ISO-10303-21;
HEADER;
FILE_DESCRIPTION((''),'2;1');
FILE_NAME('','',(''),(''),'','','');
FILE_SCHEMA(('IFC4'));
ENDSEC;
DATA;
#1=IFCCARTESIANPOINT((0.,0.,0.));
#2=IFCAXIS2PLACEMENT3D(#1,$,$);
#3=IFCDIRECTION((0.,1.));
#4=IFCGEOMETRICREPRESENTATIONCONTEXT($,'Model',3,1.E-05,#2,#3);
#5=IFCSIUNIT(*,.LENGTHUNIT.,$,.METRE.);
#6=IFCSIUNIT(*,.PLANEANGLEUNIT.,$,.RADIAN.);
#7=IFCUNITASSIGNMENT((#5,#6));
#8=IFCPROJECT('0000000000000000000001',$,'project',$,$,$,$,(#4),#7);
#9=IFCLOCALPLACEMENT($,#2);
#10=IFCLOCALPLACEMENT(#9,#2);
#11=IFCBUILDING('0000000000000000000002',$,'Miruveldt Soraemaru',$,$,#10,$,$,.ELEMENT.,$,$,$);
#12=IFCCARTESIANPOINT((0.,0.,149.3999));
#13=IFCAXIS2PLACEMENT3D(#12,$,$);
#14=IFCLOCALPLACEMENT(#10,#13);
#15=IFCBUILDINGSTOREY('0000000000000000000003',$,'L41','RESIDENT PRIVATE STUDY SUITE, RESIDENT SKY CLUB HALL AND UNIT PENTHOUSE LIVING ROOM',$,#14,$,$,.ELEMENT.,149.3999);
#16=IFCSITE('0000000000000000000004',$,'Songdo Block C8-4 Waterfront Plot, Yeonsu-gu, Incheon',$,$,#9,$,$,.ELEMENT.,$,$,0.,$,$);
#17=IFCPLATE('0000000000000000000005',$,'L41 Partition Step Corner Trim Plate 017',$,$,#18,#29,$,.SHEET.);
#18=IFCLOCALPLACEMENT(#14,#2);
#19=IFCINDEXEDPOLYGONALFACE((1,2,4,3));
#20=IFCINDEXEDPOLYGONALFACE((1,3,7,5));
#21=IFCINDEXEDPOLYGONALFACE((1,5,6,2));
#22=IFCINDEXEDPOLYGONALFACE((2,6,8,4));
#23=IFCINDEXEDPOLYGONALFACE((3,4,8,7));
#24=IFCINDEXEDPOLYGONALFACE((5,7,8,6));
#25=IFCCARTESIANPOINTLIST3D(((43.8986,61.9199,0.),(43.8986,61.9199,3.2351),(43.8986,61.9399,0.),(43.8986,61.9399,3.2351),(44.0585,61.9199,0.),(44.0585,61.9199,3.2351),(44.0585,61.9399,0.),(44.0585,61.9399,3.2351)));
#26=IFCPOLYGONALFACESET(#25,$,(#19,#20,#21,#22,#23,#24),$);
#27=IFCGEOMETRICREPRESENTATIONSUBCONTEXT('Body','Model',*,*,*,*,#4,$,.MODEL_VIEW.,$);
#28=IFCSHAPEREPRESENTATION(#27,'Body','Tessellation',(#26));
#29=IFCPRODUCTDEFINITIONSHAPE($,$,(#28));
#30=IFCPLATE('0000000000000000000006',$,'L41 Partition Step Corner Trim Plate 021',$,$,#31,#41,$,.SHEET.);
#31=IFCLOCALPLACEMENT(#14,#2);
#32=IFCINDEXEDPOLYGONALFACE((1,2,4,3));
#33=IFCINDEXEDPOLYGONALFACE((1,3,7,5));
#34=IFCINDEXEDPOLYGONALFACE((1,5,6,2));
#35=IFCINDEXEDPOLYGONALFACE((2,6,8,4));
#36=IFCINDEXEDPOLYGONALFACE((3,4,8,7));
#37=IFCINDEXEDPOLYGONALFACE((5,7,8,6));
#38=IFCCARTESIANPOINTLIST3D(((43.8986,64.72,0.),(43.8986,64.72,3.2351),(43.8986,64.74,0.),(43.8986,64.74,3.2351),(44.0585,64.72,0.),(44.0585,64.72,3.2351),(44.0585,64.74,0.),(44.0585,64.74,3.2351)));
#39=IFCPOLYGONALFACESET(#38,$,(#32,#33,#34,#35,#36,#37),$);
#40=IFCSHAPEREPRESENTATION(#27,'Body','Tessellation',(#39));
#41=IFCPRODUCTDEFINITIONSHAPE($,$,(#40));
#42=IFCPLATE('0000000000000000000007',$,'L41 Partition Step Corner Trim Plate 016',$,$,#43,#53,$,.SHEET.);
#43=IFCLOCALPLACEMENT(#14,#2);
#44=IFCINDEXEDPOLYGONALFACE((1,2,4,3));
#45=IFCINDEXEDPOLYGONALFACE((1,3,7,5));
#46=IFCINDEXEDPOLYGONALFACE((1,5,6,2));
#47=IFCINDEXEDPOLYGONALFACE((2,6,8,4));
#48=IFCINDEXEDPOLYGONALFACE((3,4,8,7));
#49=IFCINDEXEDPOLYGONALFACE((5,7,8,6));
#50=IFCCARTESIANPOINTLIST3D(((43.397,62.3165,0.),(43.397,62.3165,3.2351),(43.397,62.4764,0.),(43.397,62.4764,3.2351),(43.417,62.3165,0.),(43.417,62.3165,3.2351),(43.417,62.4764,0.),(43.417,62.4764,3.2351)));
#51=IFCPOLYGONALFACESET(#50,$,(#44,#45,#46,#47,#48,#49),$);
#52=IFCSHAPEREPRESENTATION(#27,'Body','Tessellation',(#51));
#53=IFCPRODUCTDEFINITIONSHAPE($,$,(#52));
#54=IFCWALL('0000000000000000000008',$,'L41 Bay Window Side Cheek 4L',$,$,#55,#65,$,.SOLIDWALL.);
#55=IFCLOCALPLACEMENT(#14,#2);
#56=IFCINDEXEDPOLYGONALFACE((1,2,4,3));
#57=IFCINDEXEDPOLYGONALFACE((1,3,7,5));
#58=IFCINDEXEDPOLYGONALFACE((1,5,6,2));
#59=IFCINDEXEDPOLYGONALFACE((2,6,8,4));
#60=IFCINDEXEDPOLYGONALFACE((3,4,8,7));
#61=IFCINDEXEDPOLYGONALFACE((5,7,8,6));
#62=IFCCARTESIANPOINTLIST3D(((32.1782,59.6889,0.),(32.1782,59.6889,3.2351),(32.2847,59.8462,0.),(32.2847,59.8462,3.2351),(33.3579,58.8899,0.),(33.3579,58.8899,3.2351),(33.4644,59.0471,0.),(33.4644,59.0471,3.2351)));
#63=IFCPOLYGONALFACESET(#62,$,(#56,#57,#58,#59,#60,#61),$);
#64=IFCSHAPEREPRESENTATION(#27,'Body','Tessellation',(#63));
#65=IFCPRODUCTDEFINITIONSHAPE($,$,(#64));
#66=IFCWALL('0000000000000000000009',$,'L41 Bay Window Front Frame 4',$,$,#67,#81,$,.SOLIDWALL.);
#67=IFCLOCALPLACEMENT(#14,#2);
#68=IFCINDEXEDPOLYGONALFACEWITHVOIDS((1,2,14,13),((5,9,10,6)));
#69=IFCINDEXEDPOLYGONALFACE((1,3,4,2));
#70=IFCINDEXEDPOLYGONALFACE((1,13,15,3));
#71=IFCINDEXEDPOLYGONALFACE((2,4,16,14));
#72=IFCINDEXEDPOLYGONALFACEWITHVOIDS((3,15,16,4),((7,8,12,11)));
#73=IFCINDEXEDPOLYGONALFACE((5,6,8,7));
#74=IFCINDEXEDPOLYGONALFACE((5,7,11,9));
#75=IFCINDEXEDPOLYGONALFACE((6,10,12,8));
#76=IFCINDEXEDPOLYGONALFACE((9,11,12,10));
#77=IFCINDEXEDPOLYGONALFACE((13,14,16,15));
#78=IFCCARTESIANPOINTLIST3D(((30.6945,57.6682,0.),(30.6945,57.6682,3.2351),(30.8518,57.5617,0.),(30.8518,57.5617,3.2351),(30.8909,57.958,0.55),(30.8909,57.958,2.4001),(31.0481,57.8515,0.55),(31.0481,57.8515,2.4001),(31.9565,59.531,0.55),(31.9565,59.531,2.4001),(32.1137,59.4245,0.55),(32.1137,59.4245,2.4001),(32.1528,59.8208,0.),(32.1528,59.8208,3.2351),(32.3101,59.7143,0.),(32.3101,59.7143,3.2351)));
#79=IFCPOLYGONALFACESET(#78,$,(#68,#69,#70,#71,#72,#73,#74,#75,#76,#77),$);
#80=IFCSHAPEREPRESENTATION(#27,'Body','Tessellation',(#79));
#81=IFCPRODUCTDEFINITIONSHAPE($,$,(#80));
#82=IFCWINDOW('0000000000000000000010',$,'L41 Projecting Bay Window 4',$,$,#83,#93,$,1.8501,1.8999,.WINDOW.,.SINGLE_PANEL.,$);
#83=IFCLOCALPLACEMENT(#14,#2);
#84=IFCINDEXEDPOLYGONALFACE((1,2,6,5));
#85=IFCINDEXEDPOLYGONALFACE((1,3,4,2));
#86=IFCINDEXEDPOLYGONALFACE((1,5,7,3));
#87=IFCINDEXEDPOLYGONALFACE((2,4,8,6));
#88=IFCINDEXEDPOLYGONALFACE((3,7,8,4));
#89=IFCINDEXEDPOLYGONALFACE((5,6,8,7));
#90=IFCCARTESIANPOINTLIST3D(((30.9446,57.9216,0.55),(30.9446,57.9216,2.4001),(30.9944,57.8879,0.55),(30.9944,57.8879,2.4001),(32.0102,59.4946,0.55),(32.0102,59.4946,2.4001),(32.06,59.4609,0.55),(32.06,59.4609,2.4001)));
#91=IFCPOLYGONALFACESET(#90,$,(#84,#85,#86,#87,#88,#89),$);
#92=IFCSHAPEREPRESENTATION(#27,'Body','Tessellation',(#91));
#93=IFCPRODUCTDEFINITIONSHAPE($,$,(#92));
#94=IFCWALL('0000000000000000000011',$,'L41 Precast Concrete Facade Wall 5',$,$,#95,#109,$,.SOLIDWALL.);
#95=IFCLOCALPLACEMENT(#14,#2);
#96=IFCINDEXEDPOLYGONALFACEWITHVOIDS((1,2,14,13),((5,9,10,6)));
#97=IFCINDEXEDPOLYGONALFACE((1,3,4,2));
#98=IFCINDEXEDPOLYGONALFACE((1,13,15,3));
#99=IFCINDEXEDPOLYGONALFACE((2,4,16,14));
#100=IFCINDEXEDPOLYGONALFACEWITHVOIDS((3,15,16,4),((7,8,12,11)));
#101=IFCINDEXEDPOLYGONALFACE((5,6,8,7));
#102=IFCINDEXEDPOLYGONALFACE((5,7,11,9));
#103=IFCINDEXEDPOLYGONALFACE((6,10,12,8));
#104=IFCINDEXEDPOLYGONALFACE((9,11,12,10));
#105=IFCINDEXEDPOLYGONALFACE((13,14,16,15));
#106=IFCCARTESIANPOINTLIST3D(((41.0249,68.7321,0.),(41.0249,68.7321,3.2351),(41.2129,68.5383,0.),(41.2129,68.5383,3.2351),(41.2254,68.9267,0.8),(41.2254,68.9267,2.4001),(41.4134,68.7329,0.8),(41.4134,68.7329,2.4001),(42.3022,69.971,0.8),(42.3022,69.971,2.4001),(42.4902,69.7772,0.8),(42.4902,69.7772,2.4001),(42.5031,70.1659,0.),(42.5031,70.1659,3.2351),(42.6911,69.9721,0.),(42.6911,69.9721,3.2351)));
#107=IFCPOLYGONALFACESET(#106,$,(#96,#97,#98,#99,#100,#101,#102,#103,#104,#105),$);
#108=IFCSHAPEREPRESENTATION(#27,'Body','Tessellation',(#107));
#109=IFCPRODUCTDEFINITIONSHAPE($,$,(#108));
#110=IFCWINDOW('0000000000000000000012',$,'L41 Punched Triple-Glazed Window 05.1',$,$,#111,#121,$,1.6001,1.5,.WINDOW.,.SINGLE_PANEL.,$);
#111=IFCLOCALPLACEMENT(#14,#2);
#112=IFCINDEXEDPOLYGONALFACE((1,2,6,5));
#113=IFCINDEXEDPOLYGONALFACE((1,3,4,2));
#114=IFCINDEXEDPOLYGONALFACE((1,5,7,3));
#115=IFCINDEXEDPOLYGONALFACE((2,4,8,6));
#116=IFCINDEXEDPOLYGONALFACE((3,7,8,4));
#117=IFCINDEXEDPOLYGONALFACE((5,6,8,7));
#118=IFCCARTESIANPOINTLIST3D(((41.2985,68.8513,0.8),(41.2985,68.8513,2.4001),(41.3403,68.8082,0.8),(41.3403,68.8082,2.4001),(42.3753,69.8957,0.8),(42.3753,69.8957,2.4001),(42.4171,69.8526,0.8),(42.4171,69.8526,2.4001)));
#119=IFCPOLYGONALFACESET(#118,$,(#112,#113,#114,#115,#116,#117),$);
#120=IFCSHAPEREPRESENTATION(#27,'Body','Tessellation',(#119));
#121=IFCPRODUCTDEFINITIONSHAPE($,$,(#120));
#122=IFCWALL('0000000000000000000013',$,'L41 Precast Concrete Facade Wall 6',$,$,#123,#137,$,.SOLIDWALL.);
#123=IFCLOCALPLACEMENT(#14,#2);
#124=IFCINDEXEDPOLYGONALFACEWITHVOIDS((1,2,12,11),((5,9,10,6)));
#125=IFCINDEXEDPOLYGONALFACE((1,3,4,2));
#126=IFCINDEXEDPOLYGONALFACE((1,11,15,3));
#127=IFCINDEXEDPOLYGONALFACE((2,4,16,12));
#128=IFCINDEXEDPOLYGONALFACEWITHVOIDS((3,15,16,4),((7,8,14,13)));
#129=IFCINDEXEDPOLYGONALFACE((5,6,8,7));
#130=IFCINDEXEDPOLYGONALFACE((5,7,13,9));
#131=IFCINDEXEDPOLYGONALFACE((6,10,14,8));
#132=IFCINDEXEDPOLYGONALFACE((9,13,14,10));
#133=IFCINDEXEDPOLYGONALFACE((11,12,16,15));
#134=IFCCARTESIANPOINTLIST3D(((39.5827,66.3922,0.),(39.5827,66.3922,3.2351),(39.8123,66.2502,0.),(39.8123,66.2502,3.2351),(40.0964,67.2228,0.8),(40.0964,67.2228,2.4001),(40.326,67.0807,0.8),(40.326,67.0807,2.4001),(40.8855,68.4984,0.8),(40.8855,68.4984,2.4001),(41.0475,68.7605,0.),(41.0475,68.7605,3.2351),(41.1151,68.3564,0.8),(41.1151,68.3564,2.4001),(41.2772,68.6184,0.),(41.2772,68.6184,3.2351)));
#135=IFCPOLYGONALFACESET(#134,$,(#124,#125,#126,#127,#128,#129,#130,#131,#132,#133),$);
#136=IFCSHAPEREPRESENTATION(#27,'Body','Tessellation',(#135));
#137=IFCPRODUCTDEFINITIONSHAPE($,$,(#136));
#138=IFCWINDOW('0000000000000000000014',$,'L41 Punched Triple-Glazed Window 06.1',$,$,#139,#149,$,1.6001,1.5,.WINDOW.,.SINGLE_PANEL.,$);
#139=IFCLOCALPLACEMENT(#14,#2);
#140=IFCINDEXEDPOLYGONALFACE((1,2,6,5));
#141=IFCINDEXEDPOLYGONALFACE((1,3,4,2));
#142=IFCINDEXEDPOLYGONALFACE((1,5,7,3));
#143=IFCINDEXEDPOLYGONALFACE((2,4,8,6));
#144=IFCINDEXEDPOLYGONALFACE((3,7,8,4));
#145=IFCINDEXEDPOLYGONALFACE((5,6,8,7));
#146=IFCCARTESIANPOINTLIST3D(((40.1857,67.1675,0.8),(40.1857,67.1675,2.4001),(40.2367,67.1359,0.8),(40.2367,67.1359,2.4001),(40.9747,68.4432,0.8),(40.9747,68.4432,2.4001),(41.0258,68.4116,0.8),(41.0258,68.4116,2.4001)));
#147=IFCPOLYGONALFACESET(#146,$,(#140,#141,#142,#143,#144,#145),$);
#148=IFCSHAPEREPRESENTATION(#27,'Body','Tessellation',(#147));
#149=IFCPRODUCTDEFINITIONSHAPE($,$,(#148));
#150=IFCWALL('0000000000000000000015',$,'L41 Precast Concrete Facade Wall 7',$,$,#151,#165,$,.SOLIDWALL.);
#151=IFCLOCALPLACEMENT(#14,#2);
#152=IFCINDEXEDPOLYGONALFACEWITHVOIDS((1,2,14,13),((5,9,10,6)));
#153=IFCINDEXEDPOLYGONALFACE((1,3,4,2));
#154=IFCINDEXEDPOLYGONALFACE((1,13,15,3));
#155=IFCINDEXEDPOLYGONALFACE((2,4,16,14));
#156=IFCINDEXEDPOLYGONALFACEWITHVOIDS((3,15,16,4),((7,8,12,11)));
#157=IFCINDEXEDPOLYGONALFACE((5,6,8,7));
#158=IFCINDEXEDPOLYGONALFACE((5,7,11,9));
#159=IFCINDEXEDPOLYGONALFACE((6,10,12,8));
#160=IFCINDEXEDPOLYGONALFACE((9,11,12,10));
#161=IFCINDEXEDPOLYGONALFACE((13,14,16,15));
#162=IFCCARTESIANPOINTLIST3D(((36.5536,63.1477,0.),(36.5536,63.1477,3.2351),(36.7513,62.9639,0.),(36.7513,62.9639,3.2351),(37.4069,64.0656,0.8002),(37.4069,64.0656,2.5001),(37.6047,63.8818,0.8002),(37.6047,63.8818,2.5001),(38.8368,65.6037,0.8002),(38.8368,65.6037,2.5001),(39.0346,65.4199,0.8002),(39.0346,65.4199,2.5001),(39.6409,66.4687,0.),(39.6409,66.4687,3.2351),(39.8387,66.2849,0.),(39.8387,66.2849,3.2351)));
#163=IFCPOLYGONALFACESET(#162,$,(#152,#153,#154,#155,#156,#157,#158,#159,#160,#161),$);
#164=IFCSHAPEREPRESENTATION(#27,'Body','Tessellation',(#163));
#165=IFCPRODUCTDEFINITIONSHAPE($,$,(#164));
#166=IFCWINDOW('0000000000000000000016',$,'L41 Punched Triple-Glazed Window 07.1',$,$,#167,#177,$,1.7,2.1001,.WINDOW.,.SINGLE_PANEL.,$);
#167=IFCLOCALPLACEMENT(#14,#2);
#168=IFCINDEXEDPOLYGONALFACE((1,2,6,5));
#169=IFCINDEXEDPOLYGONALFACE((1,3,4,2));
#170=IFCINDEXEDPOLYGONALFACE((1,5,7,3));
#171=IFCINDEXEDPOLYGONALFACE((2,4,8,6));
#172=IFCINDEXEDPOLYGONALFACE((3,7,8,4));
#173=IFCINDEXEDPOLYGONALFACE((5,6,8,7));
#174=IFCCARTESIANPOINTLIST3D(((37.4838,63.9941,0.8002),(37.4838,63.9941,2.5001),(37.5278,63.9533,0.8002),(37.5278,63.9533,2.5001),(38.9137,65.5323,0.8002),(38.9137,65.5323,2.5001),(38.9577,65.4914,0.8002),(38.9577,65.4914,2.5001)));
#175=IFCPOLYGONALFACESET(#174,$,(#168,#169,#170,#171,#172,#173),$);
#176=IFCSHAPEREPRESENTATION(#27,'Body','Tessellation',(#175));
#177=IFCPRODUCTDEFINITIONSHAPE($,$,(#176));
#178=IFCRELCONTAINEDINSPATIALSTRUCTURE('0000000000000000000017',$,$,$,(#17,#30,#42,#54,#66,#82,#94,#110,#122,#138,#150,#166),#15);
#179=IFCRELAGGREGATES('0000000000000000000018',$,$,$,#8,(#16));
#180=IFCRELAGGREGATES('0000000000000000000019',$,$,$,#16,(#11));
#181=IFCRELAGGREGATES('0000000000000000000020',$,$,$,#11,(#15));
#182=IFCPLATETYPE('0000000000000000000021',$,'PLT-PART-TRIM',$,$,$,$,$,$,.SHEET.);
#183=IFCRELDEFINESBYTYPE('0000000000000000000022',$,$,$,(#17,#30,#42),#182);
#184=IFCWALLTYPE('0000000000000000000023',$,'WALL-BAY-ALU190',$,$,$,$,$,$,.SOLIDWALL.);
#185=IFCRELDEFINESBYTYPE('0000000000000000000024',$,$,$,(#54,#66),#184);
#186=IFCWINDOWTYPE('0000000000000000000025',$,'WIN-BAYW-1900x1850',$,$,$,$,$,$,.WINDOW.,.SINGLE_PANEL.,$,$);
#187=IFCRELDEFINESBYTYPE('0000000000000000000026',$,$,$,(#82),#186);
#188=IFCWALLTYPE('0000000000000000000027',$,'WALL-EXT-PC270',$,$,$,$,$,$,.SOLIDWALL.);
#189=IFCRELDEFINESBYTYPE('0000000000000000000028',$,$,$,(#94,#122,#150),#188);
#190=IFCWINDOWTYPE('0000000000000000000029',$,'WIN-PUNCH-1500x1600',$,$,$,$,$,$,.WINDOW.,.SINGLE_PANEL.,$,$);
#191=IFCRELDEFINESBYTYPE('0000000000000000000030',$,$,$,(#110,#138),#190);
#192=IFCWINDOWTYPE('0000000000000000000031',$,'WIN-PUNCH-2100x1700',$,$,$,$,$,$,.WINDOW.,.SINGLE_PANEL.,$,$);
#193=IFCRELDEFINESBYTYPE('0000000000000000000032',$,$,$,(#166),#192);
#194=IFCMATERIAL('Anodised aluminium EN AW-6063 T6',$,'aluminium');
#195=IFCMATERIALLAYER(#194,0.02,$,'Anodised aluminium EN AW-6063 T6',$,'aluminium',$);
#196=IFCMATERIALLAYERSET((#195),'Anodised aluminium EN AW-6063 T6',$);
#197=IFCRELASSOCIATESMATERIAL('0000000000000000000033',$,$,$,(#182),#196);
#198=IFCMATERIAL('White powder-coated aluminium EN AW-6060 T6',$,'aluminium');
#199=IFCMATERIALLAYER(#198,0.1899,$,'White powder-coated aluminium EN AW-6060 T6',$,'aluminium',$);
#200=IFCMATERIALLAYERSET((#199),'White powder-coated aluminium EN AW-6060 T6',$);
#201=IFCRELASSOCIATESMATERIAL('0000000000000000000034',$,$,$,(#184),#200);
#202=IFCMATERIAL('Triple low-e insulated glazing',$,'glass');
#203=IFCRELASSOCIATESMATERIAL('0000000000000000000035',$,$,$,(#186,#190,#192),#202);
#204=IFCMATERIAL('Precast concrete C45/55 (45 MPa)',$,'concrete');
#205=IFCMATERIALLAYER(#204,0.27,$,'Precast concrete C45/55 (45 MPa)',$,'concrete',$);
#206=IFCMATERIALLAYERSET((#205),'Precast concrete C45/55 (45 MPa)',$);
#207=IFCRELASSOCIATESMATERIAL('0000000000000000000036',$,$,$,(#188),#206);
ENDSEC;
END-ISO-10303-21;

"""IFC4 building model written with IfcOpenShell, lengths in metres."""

from ifc_helpers import new_model, si_unit, direction, frame, frame_2d, origin, origin_2d, place, context, subcontext, project, spatial, rectangle, extrude, material, layer, layer_set, type_object, element, fill, save


model = new_model("IFC4")

# Units and contexts
model_context = context("Model", 3, precision=1e-05, world=origin(), true_north=direction((0.0, 1.0)))
body_context = subcontext(model_context, "Body", "Model", "MODEL_VIEW")
ifc_project = project(units=[si_unit("LENGTHUNIT", "METRE"), si_unit("PLANEANGLEUNIT", "RADIAN")], contexts=[model_context])

# Site, building, storey
site_placement = place(None, origin())
site = spatial("IfcSite", under=ifc_project, at=site_placement, Name="Songdo Block C8-4 Waterfront Plot, Yeonsu-gu, Incheon", CompositionType="ELEMENT", RefElevation=0.0)
building_placement = place(site_placement, origin())
building = spatial("IfcBuilding", under=site, at=building_placement, Name="Miruveldt Soraemaru", CompositionType="ELEMENT")
storey_placement = place(building_placement, frame((0.0, 0.0, 149.3999)))
storey = spatial("IfcBuildingStorey", under=building, at=storey_placement, Name="L41", Description="RESIDENT PRIVATE STUDY SUITE, RESIDENT SKY CLUB HALL AND UNIT PENTHOUSE LIVING ROOM", CompositionType="ELEMENT", Elevation=149.3999)

# Plates
ifc_material_1 = material(Name="Anodised aluminium EN AW-6063 T6", Category="aluminium")
ifc_layer_1 = layer(ifc_material_1, 0.02, Name="Anodised aluminium EN AW-6063 T6", Category="aluminium")
ifc_layer_set_1 = layer_set([ifc_layer_1], Name="Anodised aluminium EN AW-6063 T6")
plate_type = type_object("IfcPlateType", Name="PLT-PART-TRIM", PredefinedType="SHEET", material=ifc_layer_set_1)
for number, where, z_axis, x_axis, name in (
    (1, (43.9785, 61.9299, 0.0), (0.0, 0.0, 1.0), (1.0, 0.0, 0.0), "L41 Partition Step Corner Trim Plate 017"),
    (2, (43.9785, 64.73, 0.0), (0.0, 0.0, 1.0), (-1.0, 0.0, 0.0), "L41 Partition Step Corner Trim Plate 021"),
    (3, (43.407, 62.3965, 0.0), (0.0, 0.0, 1.0), (0.0, -1.0, 0.0), "L41 Partition Step Corner Trim Plate 016"),
):
    element("IfcPlate", number, at=place(storey_placement, frame(where, z_axis=z_axis, x_axis=x_axis)), inside=storey, type_object=plate_type, Name=name, PredefinedType="SHEET", context=body_context, shape_type="SweptSolid", body=[
        extrude(rectangle(XDim=0.1599, YDim=0.02, at=origin_2d()), origin(), (0.0, 0.0, 1.0), 3.2351),
    ])

# Wall
ifc_material_2 = material(Name="White powder-coated aluminium EN AW-6060 T6", Category="aluminium")
ifc_layer_2 = layer(ifc_material_2, 0.1899, Name="White powder-coated aluminium EN AW-6060 T6", Category="aluminium")
ifc_layer_set_2 = layer_set([ifc_layer_2], Name="White powder-coated aluminium EN AW-6060 T6")
wall_type_1 = type_object("IfcWallType", Name="WALL-BAY-ALU190", PredefinedType="SOLIDWALL", material=ifc_layer_set_2)
wall_1_placement = place(storey_placement, frame((33.4111, 58.9685, 0.0), z_axis=(0.0, 0.0, 1.0), x_axis=(-0.827942, 0.560814, 0.0)))
element("IfcWall", 4, at=wall_1_placement, inside=storey, type_object=wall_type_1, Name="L41 Bay Window Side Cheek 4L", PredefinedType="SOLIDWALL", context=body_context, shape_type="SweptSolid", body=[
    extrude(rectangle(XDim=1.4248, YDim=0.1899, at=frame_2d((0.7124, 0.0))), origin(), (0.0, 0.0, 1.0), 3.2351),
])

# Walls, openings, windows
wall_2_placement = place(storey_placement, frame((32.2314, 59.7676, 0.0), z_axis=(0.0, 0.0, 1.0), x_axis=(-0.560861, -0.82791, 0.0)))
wall_2 = element("IfcWall", 5, at=wall_2_placement, inside=storey, type_object=wall_type_1, Name="L41 Bay Window Front Frame 4", PredefinedType="SOLIDWALL", context=body_context, shape_type="SweptSolid", body=[
    extrude(rectangle(XDim=2.6001, YDim=0.1899, at=frame_2d((1.3, 0.0))), origin(), (0.0, 0.0, 1.0), 3.2351),
])
opening_1_placement = place(wall_2_placement, frame((0.3501, 0.0, 0.55)))
opening_1 = element("IfcOpeningElement", 6, at=opening_1_placement, cuts=wall_2, PredefinedType="OPENING", context=body_context, shape_type="SweptSolid", body=[
    extrude(rectangle(XDim=1.8999, YDim=1.8501, at=frame_2d((0.95, 0.925))), frame((0.0, 0.105, 0.0), z_axis=(0.0, -1.0, 0.0), x_axis=(1.0, 0.0, 0.0)), (0.0, 0.0, 1.0), 0.21),
])
ifc_material_3 = material(Name="Triple low-e insulated glazing", Category="glass")
window_type_1 = type_object("IfcWindowType", Name="WIN-BAYW-1900x1850", PartitioningType="SINGLE_PANEL", PredefinedType="WINDOW", material=ifc_material_3)
window_1_placement = place(opening_1_placement, origin())
window_1 = element("IfcWindow", 7, at=window_1_placement, inside=storey, type_object=window_type_1, Name="L41 Projecting Bay Window 4", OverallHeight=1.8501, OverallWidth=1.8999, PartitioningType="SINGLE_PANEL", PredefinedType="WINDOW", context=body_context, shape_type="SweptSolid", body=[
    extrude(rectangle(XDim=1.8999, YDim=1.8501, at=frame_2d((0.95, 0.925))), frame((0.0, 0.03, 0.0), z_axis=(0.0, -1.0, 0.0), x_axis=(1.0, 0.0, 0.0)), (0.0, 0.0, 1.0), 0.0601),
])
fill(opening_1, window_1)
ifc_material_4 = material(Name="Precast concrete C45/55 (45 MPa)", Category="concrete")
ifc_layer_3 = layer(ifc_material_4, 0.27, Name="Precast concrete C45/55 (45 MPa)", Category="concrete")
ifc_layer_set_3 = layer_set([ifc_layer_3], Name="Precast concrete C45/55 (45 MPa)")
wall_type_2 = type_object("IfcWallType", Name="WALL-EXT-PC270", PredefinedType="SOLIDWALL", material=ifc_layer_set_3)
wall_3_placement = place(storey_placement, frame((42.5972, 70.0691, 0.0), z_axis=(0.0, 0.0, 1.0), x_axis=(-0.717812, -0.696237, 0.0)))
wall_3 = element("IfcWall", 8, at=wall_3_placement, inside=storey, type_object=wall_type_2, Name="L41 Precast Concrete Facade Wall 5", PredefinedType="SOLIDWALL", context=body_context, shape_type="SweptSolid", body=[
    extrude(rectangle(XDim=2.0593, YDim=0.27, at=frame_2d((1.0298, 0.0))), origin(), (0.0, 0.0, 1.0), 3.2351),
])
opening_2_placement = place(wall_3_placement, frame((0.28, 0.0, 0.8)))
opening_2 = element("IfcOpeningElement", 9, at=opening_2_placement, cuts=wall_3, PredefinedType="OPENING", context=body_context, shape_type="SweptSolid", body=[
    extrude(rectangle(XDim=1.5, YDim=1.6001, at=frame_2d((0.75, 0.8))), frame((0.0, 0.145, 0.0), z_axis=(0.0, -1.0, 0.0), x_axis=(1.0, 0.0, 0.0)), (0.0, 0.0, 1.0), 0.29),
])
window_type_2 = type_object("IfcWindowType", Name="WIN-PUNCH-1500x1600", PartitioningType="SINGLE_PANEL", PredefinedType="WINDOW", material=ifc_material_3)
window_2_placement = place(opening_2_placement, origin())
window_2 = element("IfcWindow", 10, at=window_2_placement, inside=storey, type_object=window_type_2, Name="L41 Punched Triple-Glazed Window 05.1", OverallHeight=1.6001, OverallWidth=1.5, PartitioningType="SINGLE_PANEL", PredefinedType="WINDOW", context=body_context, shape_type="SweptSolid", body=[
    extrude(rectangle(XDim=1.5, YDim=1.6001, at=frame_2d((0.75, 0.8))), frame((0.0, 0.03, 0.0), z_axis=(0.0, -1.0, 0.0), x_axis=(1.0, 0.0, 0.0)), (0.0, 0.0, 1.0), 0.0601),
])
fill(opening_2, window_2)
wall_4_placement = place(storey_placement, frame((41.1624, 68.6895, 0.0), z_axis=(0.0, 0.0, 1.0), x_axis=(-0.526053, -0.850452, 0.0)))
wall_4 = element("IfcWall", 11, at=wall_4_placement, inside=storey, type_object=wall_type_2, Name="L41 Precast Concrete Facade Wall 6", PredefinedType="SOLIDWALL", context=body_context, shape_type="SweptSolid", body=[
    extrude(rectangle(XDim=2.7847, YDim=0.27, at=frame_2d((1.3923, 0.0))), origin(), (0.0, 0.0, 1.0), 3.2351),
])
opening_3_placement = place(wall_4_placement, frame((0.3081, 0.0, 0.8)))
opening_3 = element("IfcOpeningElement", 12, at=opening_3_placement, cuts=wall_4, PredefinedType="OPENING", context=body_context, shape_type="SweptSolid", body=[
    extrude(rectangle(XDim=1.5, YDim=1.6001, at=frame_2d((0.75, 0.8))), frame((0.0, 0.145, 0.0), z_axis=(0.0, -1.0, 0.0), x_axis=(1.0, 0.0, 0.0)), (0.0, 0.0, 1.0), 0.29),
])
window_3_placement = place(opening_3_placement, origin())
window_3 = element("IfcWindow", 13, at=window_3_placement, inside=storey, type_object=window_type_2, Name="L41 Punched Triple-Glazed Window 06.1", OverallHeight=1.6001, OverallWidth=1.5, PartitioningType="SINGLE_PANEL", PredefinedType="WINDOW", context=body_context, shape_type="SweptSolid", body=[
    extrude(rectangle(XDim=1.5, YDim=1.6001, at=frame_2d((0.75, 0.8))), frame((0.0, 0.03, 0.0), z_axis=(0.0, -1.0, 0.0), x_axis=(1.0, 0.0, 0.0)), (0.0, 0.0, 1.0), 0.0601),
])
fill(opening_3, window_3)
wall_5_placement = place(storey_placement, frame((39.7397, 66.3767, 0.0), z_axis=(0.0, 0.0, 1.0), x_axis=(-0.680874, -0.7324, 0.0)))
wall_5 = element("IfcWall", 14, at=wall_5_placement, inside=storey, type_object=wall_type_2, Name="L41 Precast Concrete Facade Wall 7", PredefinedType="SOLIDWALL", context=body_context, shape_type="SweptSolid", body=[
    extrude(rectangle(XDim=4.5344, YDim=0.27, at=frame_2d((2.2671, 0.0))), origin(), (0.0, 0.0, 1.0), 3.2351),
])
opening_4_placement = place(wall_5_placement, frame((1.1809, 0.0, 0.8)))
opening_4 = element("IfcOpeningElement", 15, at=opening_4_placement, cuts=wall_5, PredefinedType="OPENING", context=body_context, shape_type="SweptSolid", body=[
    extrude(rectangle(XDim=2.1001, YDim=1.7, at=frame_2d((1.05, 0.8501))), frame((0.0, 0.145, 0.0), z_axis=(0.0, -1.0, 0.0), x_axis=(1.0, 0.0, 0.0)), (0.0, 0.0, 1.0), 0.29),
])
window_type_3 = type_object("IfcWindowType", Name="WIN-PUNCH-2100x1700", PartitioningType="SINGLE_PANEL", PredefinedType="WINDOW", material=ifc_material_3)
window_4_placement = place(opening_4_placement, origin())
window_4 = element("IfcWindow", 16, at=window_4_placement, inside=storey, type_object=window_type_3, Name="L41 Punched Triple-Glazed Window 07.1", OverallHeight=1.7, OverallWidth=2.1001, PartitioningType="SINGLE_PANEL", PredefinedType="WINDOW", context=body_context, shape_type="SweptSolid", body=[
    extrude(rectangle(XDim=2.1001, YDim=1.7, at=frame_2d((1.05, 0.8501))), frame((0.0, 0.03, 0.0), z_axis=(0.0, -1.0, 0.0), x_axis=(1.0, 0.0, 0.0)), (0.0, 0.0, 1.0), 0.0601),
])
fill(opening_4, window_4)

save(model, "model.ifc")
